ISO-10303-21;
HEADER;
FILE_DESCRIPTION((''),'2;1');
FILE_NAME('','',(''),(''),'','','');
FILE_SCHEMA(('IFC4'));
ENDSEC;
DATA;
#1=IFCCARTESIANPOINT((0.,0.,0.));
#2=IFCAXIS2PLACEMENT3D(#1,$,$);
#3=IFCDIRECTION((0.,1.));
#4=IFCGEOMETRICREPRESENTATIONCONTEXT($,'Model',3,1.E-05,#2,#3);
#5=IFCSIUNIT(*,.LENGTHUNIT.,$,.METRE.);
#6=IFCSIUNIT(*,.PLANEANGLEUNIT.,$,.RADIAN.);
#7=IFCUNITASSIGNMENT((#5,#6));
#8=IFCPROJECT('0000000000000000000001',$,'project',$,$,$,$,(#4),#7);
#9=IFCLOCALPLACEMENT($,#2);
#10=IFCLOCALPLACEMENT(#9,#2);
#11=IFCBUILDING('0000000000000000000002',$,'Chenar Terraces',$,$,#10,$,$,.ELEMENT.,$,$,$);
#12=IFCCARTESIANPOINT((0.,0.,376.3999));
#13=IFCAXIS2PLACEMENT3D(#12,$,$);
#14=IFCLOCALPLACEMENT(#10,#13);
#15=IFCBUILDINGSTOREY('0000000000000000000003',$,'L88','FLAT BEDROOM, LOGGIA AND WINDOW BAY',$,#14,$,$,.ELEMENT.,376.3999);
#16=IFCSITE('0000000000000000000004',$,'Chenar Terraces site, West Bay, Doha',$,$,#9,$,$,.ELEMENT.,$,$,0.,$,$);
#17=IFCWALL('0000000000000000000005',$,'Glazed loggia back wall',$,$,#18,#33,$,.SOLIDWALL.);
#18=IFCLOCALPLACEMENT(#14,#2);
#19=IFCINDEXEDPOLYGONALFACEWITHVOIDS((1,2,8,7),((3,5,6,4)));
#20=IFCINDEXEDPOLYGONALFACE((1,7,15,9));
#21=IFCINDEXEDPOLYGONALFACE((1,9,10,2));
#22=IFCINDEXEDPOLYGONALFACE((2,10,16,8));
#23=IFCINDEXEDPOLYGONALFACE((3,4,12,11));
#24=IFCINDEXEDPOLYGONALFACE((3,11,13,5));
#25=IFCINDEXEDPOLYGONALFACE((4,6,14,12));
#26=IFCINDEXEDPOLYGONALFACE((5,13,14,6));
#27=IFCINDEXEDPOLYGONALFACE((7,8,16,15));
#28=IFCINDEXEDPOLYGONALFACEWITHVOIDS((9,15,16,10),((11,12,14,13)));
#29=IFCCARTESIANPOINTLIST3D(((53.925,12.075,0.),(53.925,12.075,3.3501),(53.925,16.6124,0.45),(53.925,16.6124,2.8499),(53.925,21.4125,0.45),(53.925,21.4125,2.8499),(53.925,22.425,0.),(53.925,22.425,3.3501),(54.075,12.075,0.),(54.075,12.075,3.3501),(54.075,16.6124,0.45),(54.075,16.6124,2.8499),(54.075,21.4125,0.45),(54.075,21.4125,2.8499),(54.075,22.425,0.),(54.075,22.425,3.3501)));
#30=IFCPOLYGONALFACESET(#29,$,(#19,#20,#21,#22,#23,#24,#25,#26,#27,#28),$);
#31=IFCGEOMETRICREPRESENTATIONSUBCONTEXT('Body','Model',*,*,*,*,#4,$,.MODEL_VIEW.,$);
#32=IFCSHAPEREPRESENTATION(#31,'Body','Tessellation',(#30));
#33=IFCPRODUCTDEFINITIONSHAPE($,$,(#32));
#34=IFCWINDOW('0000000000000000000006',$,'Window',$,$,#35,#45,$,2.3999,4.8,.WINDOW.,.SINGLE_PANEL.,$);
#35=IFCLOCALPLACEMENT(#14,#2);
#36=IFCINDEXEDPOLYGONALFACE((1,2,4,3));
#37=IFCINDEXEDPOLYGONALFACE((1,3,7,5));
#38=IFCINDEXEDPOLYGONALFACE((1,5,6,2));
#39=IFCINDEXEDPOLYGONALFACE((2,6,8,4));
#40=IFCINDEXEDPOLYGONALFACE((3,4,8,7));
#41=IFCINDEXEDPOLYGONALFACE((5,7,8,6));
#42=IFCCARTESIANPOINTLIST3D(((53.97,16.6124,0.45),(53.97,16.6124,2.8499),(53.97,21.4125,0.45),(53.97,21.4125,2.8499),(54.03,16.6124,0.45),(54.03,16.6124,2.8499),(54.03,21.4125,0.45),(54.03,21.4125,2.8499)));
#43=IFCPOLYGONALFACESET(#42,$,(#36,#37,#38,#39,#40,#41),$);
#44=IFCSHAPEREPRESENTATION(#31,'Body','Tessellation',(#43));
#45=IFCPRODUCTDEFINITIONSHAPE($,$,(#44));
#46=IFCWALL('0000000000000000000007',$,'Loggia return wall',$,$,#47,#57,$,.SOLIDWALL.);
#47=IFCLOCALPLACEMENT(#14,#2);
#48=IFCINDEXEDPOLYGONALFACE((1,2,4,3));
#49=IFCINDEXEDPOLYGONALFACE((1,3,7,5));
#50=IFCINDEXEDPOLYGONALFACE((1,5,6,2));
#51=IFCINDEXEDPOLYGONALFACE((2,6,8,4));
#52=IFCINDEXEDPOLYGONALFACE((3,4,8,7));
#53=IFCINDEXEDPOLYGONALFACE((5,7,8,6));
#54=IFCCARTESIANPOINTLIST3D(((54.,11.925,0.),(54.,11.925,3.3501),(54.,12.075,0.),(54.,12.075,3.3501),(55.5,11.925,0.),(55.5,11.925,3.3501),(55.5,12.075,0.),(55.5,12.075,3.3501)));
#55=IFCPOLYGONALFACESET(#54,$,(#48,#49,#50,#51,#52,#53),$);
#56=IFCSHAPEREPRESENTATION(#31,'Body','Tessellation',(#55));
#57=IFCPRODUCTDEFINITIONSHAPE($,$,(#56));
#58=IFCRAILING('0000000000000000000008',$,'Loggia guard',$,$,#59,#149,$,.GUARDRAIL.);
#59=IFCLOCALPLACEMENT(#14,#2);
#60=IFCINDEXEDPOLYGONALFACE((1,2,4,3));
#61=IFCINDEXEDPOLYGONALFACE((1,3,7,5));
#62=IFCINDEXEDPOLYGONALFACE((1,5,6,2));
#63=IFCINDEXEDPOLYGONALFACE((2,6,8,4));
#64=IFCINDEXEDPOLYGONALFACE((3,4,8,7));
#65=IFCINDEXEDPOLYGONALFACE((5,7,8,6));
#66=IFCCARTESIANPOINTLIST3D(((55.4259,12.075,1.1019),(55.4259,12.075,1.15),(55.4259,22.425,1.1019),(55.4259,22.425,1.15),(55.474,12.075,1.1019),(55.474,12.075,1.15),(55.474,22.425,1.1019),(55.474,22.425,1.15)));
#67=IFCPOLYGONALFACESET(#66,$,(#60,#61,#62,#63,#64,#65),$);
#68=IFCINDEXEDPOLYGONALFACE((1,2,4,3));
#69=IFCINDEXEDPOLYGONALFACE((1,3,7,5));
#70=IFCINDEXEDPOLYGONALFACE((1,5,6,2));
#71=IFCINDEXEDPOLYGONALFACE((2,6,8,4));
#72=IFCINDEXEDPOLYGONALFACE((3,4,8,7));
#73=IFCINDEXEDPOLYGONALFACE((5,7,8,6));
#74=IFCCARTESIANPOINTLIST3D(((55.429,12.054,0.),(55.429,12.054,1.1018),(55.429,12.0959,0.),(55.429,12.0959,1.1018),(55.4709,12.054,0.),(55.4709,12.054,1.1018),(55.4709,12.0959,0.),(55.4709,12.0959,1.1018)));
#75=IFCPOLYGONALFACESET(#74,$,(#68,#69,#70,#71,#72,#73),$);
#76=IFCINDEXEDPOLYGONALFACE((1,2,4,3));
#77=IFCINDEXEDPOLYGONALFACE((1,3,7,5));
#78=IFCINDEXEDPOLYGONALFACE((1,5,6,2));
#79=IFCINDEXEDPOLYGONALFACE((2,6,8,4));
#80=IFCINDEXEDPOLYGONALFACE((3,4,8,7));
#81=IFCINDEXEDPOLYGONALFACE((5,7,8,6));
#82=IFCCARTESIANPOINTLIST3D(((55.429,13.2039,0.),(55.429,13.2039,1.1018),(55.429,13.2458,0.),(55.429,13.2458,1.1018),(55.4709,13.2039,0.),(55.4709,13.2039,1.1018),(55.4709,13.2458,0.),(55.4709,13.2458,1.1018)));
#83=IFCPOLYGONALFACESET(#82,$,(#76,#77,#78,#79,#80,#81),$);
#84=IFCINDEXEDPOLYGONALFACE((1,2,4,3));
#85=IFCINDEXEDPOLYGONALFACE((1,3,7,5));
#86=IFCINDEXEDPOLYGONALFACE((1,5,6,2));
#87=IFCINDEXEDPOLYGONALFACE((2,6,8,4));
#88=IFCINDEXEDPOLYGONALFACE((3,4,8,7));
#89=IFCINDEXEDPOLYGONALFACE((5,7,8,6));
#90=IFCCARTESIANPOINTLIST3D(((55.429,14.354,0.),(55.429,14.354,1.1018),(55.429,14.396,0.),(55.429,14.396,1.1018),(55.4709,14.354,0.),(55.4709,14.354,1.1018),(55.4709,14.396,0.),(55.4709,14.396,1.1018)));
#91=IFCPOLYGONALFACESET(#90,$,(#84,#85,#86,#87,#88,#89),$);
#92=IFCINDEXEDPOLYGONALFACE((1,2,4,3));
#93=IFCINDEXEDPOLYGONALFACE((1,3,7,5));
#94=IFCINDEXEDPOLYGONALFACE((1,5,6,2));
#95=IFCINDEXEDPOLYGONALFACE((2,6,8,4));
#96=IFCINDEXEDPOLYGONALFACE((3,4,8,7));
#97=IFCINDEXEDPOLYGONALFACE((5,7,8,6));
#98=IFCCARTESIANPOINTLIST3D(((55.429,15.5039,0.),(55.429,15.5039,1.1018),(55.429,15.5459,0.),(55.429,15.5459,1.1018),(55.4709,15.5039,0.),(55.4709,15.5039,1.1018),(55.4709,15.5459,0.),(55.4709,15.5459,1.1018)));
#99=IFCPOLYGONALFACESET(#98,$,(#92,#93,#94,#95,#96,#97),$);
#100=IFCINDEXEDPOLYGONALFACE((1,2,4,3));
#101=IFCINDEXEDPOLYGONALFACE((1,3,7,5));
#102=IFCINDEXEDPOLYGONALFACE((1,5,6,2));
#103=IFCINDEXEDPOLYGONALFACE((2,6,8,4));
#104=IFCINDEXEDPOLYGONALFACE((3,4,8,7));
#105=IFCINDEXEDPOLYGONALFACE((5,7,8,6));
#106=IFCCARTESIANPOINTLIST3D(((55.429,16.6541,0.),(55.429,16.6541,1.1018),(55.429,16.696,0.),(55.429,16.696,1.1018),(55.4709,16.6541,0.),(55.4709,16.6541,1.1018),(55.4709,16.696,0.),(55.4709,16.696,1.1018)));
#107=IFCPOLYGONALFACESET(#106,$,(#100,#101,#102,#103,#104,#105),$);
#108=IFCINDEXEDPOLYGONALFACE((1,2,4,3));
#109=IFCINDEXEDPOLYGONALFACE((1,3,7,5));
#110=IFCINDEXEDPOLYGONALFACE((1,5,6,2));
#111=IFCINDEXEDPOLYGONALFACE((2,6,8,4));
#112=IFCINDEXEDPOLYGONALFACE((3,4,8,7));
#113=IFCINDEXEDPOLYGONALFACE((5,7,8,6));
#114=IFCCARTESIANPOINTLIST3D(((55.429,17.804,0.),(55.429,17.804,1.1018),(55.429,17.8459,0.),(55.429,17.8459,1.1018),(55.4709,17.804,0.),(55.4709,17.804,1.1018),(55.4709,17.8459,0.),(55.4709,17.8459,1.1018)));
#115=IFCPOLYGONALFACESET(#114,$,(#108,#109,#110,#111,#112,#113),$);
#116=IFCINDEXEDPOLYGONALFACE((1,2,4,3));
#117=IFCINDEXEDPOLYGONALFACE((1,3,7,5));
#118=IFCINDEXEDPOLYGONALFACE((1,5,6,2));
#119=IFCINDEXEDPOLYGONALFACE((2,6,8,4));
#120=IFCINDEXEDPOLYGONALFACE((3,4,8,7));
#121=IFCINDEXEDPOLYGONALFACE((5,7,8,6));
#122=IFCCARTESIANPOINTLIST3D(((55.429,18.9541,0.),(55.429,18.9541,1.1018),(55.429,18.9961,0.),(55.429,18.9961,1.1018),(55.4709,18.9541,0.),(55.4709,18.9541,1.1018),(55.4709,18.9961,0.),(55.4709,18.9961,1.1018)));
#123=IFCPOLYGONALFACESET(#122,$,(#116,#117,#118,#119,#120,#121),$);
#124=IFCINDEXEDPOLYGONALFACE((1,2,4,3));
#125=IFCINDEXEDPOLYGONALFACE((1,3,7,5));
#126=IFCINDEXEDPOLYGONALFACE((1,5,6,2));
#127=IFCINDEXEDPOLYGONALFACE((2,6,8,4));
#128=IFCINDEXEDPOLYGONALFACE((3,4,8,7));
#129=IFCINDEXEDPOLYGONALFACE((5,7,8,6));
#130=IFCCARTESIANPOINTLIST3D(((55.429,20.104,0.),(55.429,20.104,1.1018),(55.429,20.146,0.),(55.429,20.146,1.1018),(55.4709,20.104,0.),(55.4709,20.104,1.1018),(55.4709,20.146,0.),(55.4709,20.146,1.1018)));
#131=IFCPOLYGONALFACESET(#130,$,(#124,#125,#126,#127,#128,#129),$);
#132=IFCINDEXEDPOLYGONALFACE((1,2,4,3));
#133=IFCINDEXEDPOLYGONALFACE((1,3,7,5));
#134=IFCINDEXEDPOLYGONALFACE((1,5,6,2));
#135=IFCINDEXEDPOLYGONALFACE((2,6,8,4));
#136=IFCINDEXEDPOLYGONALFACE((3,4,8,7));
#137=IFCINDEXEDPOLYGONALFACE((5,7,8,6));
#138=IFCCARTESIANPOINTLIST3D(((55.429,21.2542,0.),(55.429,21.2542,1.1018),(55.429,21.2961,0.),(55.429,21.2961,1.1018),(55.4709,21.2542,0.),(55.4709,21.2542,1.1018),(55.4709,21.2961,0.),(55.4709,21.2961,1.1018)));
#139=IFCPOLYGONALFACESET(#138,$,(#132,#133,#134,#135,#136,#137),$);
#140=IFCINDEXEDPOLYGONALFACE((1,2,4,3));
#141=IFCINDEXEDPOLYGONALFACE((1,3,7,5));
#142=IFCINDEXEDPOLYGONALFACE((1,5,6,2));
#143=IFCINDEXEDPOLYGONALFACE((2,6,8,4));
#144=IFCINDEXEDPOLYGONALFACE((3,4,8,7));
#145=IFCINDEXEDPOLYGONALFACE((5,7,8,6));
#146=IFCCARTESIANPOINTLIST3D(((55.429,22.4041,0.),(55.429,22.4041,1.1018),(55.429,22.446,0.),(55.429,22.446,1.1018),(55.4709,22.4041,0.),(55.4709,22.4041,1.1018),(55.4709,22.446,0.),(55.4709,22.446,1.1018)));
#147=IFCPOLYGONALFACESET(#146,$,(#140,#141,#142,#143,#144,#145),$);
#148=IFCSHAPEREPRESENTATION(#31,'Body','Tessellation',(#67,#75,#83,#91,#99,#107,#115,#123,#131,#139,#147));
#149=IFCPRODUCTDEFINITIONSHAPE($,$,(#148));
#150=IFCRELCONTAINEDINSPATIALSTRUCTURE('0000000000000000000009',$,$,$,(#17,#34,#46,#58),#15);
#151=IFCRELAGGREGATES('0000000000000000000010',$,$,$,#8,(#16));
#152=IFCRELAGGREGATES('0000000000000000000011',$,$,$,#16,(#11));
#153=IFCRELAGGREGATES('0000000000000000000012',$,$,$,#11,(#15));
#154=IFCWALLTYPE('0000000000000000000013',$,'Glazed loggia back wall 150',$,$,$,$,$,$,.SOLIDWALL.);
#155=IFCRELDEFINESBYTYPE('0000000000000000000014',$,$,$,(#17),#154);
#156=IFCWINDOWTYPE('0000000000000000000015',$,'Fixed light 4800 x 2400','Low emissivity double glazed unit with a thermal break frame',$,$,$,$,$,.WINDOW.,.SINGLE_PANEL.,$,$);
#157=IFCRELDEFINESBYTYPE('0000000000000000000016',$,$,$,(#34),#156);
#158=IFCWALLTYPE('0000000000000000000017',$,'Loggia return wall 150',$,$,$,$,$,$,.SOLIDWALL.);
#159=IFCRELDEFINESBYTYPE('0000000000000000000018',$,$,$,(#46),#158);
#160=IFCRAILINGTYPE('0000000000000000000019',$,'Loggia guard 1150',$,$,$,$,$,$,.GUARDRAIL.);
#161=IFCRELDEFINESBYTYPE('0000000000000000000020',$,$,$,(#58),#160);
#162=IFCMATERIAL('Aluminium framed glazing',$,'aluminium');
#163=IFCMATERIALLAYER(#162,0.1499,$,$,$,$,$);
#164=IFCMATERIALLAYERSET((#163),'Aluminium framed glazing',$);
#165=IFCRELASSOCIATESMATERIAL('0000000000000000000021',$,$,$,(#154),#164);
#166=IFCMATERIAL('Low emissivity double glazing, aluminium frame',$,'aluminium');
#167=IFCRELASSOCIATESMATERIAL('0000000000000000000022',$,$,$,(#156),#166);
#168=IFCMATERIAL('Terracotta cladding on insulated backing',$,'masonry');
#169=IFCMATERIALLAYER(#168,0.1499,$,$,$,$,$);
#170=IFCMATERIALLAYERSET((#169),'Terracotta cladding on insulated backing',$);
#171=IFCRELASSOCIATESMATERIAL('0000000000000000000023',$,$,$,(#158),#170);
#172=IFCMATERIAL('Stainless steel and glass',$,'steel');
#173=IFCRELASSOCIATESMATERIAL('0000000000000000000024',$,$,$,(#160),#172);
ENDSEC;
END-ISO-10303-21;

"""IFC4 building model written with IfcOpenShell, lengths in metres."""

from ifc_helpers import new_model, si_unit, direction, frame, frame_2d, origin, origin_2d, place, context, subcontext, project, spatial, rectangle, extrude, material, layer, layer_set, type_object, element, fill, save


model = new_model("IFC4")

# Units and contexts
model_context = context("Model", 3, precision=1e-05, world=origin(), true_north=direction((0.0, 1.0)))
body_context = subcontext(model_context, "Body", "Model", "MODEL_VIEW")
ifc_project = project(units=[si_unit("LENGTHUNIT", "METRE"), si_unit("PLANEANGLEUNIT", "RADIAN")], contexts=[model_context])

# Site, building, storey
site_placement = place(None, origin())
site = spatial("IfcSite", under=ifc_project, at=site_placement, Name="Chenar Terraces site, West Bay, Doha", CompositionType="ELEMENT", RefElevation=0.0)
building_placement = place(site_placement, origin())
building = spatial("IfcBuilding", under=site, at=building_placement, Name="Chenar Terraces", CompositionType="ELEMENT")
storey_placement = place(building_placement, frame((0.0, 0.0, 376.3999)))
storey = spatial("IfcBuildingStorey", under=building, at=storey_placement, Name="L88", Description="FLAT BEDROOM, LOGGIA AND WINDOW BAY", CompositionType="ELEMENT", Elevation=376.3999)

# Wall, opening, window
ifc_material_1 = material(Name="Aluminium framed glazing", Category="aluminium")
ifc_layer_1 = layer(ifc_material_1, 0.1499)
ifc_layer_set_1 = layer_set([ifc_layer_1], Name="Aluminium framed glazing")
wall_type_1 = type_object("IfcWallType", Name="Glazed loggia back wall 150", PredefinedType="SOLIDWALL", material=ifc_layer_set_1)
wall_1_placement = place(storey_placement, frame((54.0, 12.075, 0.0), z_axis=(0.0, 0.0, 1.0), x_axis=(0.0, 1.0, 0.0)))
wall_1 = element("IfcWall", 1, at=wall_1_placement, inside=storey, type_object=wall_type_1, Name="Glazed loggia back wall", PredefinedType="SOLIDWALL", context=body_context, shape_type="SweptSolid", body=[
    extrude(rectangle(XDim=10.3501, YDim=0.1499, at=frame_2d((5.175, 0.0))), origin(), (0.0, 0.0, 1.0), 3.3501),
])
opening_1_placement = place(wall_1_placement, frame((4.5376, 0.0, 0.45)))
opening_1 = element("IfcOpeningElement", 2, at=opening_1_placement, cuts=wall_1, PredefinedType="OPENING", context=body_context, shape_type="SweptSolid", body=[
    extrude(rectangle(XDim=4.8, YDim=2.3999, at=frame_2d((2.3999, 1.2))), frame((0.0, 0.085, 0.0), z_axis=(0.0, -1.0, 0.0), x_axis=(1.0, 0.0, 0.0)), (0.0, 0.0, 1.0), 0.1699),
])
ifc_material_2 = material(Name="Low emissivity double glazing, aluminium frame", Category="aluminium")
window_type = type_object("IfcWindowType", Name="Fixed light 4800 x 2400", Description="Low emissivity double glazed unit with a thermal break frame", PartitioningType="SINGLE_PANEL", PredefinedType="WINDOW", material=ifc_material_2)
window_placement = place(opening_1_placement, origin())
window = element("IfcWindow", 3, at=window_placement, inside=storey, type_object=window_type, Name="Window", OverallHeight=2.3999, OverallWidth=4.8, PartitioningType="SINGLE_PANEL", PredefinedType="WINDOW", context=body_context, shape_type="SweptSolid", body=[
    extrude(rectangle(XDim=4.8, YDim=2.3999, at=frame_2d((2.3999, 1.2))), frame((0.0, 0.03, 0.0), z_axis=(0.0, -1.0, 0.0), x_axis=(1.0, 0.0, 0.0)), (0.0, 0.0, 1.0), 0.0601),
])
fill(opening_1, window)

# Wall
ifc_material_3 = material(Name="Terracotta cladding on insulated backing", Category="masonry")
ifc_layer_2 = layer(ifc_material_3, 0.1499)
ifc_layer_set_2 = layer_set([ifc_layer_2], Name="Terracotta cladding on insulated backing")
wall_type_2 = type_object("IfcWallType", Name="Loggia return wall 150", PredefinedType="SOLIDWALL", material=ifc_layer_set_2)
wall_2_placement = place(storey_placement, frame((55.5, 12.0, 0.0), z_axis=(0.0, 0.0, 1.0), x_axis=(-1.0, 0.0, 0.0)))
element("IfcWall", 4, at=wall_2_placement, inside=storey, type_object=wall_type_2, Name="Loggia return wall", PredefinedType="SOLIDWALL", context=body_context, shape_type="SweptSolid", body=[
    extrude(rectangle(XDim=1.5, YDim=0.1499, at=frame_2d((0.75, 0.0))), origin(), (0.0, 0.0, 1.0), 3.3501),
])

# Railing
ifc_material_4 = material(Name="Stainless steel and glass", Category="steel")
railing_type_1 = type_object("IfcRailingType", Name="Loggia guard 1150", PredefinedType="GUARDRAIL", material=ifc_material_4)
railing_1_placement = place(storey_placement, frame((55.45, 12.075, 0.0)))
element("IfcRailing", 5, at=railing_1_placement, inside=storey, type_object=railing_type_1, Name="Loggia guard", PredefinedType="GUARDRAIL", context=body_context, shape_type="SweptSolid", body=[
    extrude(rectangle(XDim=0.0481, YDim=0.0481, at=origin_2d()), frame((0.0, 0.0, 1.126), z_axis=(0.0, 1.0, 0.0), x_axis=(-1.0, 0.0, 0.0)), (0.0, 0.0, 1.0), 10.3501),
    extrude(rectangle(XDim=0.042, YDim=0.042, at=origin_2d()), origin(), (0.0, 0.0, 1.0), 1.1018),
    extrude(rectangle(XDim=0.042, YDim=0.042, at=origin_2d()), frame((0.0, 1.1499, 0.0)), (0.0, 0.0, 1.0), 1.1018),
    extrude(rectangle(XDim=0.042, YDim=0.042, at=origin_2d()), frame((0.0, 2.3, 0.0)), (0.0, 0.0, 1.0), 1.1018),
    extrude(rectangle(XDim=0.042, YDim=0.042, at=origin_2d()), frame((0.0, 3.45, 0.0)), (0.0, 0.0, 1.0), 1.1018),
    extrude(rectangle(XDim=0.042, YDim=0.042, at=origin_2d()), frame((0.0, 4.6001, 0.0)), (0.0, 0.0, 1.0), 1.1018),
    extrude(rectangle(XDim=0.042, YDim=0.042, at=origin_2d()), frame((0.0, 5.75, 0.0)), (0.0, 0.0, 1.0), 1.1018),
    extrude(rectangle(XDim=0.042, YDim=0.042, at=origin_2d()), frame((0.0, 6.9001, 0.0)), (0.0, 0.0, 1.0), 1.1018),
    extrude(rectangle(XDim=0.042, YDim=0.042, at=origin_2d()), frame((0.0, 8.05, 0.0)), (0.0, 0.0, 1.0), 1.1018),
    extrude(rectangle(XDim=0.042, YDim=0.042, at=origin_2d()), frame((0.0, 9.2002, 0.0)), (0.0, 0.0, 1.0), 1.1018),
    extrude(rectangle(XDim=0.042, YDim=0.042, at=origin_2d()), frame((0.0, 10.3501, 0.0)), (0.0, 0.0, 1.0), 1.1018),
])

save(model, "model.ifc")
